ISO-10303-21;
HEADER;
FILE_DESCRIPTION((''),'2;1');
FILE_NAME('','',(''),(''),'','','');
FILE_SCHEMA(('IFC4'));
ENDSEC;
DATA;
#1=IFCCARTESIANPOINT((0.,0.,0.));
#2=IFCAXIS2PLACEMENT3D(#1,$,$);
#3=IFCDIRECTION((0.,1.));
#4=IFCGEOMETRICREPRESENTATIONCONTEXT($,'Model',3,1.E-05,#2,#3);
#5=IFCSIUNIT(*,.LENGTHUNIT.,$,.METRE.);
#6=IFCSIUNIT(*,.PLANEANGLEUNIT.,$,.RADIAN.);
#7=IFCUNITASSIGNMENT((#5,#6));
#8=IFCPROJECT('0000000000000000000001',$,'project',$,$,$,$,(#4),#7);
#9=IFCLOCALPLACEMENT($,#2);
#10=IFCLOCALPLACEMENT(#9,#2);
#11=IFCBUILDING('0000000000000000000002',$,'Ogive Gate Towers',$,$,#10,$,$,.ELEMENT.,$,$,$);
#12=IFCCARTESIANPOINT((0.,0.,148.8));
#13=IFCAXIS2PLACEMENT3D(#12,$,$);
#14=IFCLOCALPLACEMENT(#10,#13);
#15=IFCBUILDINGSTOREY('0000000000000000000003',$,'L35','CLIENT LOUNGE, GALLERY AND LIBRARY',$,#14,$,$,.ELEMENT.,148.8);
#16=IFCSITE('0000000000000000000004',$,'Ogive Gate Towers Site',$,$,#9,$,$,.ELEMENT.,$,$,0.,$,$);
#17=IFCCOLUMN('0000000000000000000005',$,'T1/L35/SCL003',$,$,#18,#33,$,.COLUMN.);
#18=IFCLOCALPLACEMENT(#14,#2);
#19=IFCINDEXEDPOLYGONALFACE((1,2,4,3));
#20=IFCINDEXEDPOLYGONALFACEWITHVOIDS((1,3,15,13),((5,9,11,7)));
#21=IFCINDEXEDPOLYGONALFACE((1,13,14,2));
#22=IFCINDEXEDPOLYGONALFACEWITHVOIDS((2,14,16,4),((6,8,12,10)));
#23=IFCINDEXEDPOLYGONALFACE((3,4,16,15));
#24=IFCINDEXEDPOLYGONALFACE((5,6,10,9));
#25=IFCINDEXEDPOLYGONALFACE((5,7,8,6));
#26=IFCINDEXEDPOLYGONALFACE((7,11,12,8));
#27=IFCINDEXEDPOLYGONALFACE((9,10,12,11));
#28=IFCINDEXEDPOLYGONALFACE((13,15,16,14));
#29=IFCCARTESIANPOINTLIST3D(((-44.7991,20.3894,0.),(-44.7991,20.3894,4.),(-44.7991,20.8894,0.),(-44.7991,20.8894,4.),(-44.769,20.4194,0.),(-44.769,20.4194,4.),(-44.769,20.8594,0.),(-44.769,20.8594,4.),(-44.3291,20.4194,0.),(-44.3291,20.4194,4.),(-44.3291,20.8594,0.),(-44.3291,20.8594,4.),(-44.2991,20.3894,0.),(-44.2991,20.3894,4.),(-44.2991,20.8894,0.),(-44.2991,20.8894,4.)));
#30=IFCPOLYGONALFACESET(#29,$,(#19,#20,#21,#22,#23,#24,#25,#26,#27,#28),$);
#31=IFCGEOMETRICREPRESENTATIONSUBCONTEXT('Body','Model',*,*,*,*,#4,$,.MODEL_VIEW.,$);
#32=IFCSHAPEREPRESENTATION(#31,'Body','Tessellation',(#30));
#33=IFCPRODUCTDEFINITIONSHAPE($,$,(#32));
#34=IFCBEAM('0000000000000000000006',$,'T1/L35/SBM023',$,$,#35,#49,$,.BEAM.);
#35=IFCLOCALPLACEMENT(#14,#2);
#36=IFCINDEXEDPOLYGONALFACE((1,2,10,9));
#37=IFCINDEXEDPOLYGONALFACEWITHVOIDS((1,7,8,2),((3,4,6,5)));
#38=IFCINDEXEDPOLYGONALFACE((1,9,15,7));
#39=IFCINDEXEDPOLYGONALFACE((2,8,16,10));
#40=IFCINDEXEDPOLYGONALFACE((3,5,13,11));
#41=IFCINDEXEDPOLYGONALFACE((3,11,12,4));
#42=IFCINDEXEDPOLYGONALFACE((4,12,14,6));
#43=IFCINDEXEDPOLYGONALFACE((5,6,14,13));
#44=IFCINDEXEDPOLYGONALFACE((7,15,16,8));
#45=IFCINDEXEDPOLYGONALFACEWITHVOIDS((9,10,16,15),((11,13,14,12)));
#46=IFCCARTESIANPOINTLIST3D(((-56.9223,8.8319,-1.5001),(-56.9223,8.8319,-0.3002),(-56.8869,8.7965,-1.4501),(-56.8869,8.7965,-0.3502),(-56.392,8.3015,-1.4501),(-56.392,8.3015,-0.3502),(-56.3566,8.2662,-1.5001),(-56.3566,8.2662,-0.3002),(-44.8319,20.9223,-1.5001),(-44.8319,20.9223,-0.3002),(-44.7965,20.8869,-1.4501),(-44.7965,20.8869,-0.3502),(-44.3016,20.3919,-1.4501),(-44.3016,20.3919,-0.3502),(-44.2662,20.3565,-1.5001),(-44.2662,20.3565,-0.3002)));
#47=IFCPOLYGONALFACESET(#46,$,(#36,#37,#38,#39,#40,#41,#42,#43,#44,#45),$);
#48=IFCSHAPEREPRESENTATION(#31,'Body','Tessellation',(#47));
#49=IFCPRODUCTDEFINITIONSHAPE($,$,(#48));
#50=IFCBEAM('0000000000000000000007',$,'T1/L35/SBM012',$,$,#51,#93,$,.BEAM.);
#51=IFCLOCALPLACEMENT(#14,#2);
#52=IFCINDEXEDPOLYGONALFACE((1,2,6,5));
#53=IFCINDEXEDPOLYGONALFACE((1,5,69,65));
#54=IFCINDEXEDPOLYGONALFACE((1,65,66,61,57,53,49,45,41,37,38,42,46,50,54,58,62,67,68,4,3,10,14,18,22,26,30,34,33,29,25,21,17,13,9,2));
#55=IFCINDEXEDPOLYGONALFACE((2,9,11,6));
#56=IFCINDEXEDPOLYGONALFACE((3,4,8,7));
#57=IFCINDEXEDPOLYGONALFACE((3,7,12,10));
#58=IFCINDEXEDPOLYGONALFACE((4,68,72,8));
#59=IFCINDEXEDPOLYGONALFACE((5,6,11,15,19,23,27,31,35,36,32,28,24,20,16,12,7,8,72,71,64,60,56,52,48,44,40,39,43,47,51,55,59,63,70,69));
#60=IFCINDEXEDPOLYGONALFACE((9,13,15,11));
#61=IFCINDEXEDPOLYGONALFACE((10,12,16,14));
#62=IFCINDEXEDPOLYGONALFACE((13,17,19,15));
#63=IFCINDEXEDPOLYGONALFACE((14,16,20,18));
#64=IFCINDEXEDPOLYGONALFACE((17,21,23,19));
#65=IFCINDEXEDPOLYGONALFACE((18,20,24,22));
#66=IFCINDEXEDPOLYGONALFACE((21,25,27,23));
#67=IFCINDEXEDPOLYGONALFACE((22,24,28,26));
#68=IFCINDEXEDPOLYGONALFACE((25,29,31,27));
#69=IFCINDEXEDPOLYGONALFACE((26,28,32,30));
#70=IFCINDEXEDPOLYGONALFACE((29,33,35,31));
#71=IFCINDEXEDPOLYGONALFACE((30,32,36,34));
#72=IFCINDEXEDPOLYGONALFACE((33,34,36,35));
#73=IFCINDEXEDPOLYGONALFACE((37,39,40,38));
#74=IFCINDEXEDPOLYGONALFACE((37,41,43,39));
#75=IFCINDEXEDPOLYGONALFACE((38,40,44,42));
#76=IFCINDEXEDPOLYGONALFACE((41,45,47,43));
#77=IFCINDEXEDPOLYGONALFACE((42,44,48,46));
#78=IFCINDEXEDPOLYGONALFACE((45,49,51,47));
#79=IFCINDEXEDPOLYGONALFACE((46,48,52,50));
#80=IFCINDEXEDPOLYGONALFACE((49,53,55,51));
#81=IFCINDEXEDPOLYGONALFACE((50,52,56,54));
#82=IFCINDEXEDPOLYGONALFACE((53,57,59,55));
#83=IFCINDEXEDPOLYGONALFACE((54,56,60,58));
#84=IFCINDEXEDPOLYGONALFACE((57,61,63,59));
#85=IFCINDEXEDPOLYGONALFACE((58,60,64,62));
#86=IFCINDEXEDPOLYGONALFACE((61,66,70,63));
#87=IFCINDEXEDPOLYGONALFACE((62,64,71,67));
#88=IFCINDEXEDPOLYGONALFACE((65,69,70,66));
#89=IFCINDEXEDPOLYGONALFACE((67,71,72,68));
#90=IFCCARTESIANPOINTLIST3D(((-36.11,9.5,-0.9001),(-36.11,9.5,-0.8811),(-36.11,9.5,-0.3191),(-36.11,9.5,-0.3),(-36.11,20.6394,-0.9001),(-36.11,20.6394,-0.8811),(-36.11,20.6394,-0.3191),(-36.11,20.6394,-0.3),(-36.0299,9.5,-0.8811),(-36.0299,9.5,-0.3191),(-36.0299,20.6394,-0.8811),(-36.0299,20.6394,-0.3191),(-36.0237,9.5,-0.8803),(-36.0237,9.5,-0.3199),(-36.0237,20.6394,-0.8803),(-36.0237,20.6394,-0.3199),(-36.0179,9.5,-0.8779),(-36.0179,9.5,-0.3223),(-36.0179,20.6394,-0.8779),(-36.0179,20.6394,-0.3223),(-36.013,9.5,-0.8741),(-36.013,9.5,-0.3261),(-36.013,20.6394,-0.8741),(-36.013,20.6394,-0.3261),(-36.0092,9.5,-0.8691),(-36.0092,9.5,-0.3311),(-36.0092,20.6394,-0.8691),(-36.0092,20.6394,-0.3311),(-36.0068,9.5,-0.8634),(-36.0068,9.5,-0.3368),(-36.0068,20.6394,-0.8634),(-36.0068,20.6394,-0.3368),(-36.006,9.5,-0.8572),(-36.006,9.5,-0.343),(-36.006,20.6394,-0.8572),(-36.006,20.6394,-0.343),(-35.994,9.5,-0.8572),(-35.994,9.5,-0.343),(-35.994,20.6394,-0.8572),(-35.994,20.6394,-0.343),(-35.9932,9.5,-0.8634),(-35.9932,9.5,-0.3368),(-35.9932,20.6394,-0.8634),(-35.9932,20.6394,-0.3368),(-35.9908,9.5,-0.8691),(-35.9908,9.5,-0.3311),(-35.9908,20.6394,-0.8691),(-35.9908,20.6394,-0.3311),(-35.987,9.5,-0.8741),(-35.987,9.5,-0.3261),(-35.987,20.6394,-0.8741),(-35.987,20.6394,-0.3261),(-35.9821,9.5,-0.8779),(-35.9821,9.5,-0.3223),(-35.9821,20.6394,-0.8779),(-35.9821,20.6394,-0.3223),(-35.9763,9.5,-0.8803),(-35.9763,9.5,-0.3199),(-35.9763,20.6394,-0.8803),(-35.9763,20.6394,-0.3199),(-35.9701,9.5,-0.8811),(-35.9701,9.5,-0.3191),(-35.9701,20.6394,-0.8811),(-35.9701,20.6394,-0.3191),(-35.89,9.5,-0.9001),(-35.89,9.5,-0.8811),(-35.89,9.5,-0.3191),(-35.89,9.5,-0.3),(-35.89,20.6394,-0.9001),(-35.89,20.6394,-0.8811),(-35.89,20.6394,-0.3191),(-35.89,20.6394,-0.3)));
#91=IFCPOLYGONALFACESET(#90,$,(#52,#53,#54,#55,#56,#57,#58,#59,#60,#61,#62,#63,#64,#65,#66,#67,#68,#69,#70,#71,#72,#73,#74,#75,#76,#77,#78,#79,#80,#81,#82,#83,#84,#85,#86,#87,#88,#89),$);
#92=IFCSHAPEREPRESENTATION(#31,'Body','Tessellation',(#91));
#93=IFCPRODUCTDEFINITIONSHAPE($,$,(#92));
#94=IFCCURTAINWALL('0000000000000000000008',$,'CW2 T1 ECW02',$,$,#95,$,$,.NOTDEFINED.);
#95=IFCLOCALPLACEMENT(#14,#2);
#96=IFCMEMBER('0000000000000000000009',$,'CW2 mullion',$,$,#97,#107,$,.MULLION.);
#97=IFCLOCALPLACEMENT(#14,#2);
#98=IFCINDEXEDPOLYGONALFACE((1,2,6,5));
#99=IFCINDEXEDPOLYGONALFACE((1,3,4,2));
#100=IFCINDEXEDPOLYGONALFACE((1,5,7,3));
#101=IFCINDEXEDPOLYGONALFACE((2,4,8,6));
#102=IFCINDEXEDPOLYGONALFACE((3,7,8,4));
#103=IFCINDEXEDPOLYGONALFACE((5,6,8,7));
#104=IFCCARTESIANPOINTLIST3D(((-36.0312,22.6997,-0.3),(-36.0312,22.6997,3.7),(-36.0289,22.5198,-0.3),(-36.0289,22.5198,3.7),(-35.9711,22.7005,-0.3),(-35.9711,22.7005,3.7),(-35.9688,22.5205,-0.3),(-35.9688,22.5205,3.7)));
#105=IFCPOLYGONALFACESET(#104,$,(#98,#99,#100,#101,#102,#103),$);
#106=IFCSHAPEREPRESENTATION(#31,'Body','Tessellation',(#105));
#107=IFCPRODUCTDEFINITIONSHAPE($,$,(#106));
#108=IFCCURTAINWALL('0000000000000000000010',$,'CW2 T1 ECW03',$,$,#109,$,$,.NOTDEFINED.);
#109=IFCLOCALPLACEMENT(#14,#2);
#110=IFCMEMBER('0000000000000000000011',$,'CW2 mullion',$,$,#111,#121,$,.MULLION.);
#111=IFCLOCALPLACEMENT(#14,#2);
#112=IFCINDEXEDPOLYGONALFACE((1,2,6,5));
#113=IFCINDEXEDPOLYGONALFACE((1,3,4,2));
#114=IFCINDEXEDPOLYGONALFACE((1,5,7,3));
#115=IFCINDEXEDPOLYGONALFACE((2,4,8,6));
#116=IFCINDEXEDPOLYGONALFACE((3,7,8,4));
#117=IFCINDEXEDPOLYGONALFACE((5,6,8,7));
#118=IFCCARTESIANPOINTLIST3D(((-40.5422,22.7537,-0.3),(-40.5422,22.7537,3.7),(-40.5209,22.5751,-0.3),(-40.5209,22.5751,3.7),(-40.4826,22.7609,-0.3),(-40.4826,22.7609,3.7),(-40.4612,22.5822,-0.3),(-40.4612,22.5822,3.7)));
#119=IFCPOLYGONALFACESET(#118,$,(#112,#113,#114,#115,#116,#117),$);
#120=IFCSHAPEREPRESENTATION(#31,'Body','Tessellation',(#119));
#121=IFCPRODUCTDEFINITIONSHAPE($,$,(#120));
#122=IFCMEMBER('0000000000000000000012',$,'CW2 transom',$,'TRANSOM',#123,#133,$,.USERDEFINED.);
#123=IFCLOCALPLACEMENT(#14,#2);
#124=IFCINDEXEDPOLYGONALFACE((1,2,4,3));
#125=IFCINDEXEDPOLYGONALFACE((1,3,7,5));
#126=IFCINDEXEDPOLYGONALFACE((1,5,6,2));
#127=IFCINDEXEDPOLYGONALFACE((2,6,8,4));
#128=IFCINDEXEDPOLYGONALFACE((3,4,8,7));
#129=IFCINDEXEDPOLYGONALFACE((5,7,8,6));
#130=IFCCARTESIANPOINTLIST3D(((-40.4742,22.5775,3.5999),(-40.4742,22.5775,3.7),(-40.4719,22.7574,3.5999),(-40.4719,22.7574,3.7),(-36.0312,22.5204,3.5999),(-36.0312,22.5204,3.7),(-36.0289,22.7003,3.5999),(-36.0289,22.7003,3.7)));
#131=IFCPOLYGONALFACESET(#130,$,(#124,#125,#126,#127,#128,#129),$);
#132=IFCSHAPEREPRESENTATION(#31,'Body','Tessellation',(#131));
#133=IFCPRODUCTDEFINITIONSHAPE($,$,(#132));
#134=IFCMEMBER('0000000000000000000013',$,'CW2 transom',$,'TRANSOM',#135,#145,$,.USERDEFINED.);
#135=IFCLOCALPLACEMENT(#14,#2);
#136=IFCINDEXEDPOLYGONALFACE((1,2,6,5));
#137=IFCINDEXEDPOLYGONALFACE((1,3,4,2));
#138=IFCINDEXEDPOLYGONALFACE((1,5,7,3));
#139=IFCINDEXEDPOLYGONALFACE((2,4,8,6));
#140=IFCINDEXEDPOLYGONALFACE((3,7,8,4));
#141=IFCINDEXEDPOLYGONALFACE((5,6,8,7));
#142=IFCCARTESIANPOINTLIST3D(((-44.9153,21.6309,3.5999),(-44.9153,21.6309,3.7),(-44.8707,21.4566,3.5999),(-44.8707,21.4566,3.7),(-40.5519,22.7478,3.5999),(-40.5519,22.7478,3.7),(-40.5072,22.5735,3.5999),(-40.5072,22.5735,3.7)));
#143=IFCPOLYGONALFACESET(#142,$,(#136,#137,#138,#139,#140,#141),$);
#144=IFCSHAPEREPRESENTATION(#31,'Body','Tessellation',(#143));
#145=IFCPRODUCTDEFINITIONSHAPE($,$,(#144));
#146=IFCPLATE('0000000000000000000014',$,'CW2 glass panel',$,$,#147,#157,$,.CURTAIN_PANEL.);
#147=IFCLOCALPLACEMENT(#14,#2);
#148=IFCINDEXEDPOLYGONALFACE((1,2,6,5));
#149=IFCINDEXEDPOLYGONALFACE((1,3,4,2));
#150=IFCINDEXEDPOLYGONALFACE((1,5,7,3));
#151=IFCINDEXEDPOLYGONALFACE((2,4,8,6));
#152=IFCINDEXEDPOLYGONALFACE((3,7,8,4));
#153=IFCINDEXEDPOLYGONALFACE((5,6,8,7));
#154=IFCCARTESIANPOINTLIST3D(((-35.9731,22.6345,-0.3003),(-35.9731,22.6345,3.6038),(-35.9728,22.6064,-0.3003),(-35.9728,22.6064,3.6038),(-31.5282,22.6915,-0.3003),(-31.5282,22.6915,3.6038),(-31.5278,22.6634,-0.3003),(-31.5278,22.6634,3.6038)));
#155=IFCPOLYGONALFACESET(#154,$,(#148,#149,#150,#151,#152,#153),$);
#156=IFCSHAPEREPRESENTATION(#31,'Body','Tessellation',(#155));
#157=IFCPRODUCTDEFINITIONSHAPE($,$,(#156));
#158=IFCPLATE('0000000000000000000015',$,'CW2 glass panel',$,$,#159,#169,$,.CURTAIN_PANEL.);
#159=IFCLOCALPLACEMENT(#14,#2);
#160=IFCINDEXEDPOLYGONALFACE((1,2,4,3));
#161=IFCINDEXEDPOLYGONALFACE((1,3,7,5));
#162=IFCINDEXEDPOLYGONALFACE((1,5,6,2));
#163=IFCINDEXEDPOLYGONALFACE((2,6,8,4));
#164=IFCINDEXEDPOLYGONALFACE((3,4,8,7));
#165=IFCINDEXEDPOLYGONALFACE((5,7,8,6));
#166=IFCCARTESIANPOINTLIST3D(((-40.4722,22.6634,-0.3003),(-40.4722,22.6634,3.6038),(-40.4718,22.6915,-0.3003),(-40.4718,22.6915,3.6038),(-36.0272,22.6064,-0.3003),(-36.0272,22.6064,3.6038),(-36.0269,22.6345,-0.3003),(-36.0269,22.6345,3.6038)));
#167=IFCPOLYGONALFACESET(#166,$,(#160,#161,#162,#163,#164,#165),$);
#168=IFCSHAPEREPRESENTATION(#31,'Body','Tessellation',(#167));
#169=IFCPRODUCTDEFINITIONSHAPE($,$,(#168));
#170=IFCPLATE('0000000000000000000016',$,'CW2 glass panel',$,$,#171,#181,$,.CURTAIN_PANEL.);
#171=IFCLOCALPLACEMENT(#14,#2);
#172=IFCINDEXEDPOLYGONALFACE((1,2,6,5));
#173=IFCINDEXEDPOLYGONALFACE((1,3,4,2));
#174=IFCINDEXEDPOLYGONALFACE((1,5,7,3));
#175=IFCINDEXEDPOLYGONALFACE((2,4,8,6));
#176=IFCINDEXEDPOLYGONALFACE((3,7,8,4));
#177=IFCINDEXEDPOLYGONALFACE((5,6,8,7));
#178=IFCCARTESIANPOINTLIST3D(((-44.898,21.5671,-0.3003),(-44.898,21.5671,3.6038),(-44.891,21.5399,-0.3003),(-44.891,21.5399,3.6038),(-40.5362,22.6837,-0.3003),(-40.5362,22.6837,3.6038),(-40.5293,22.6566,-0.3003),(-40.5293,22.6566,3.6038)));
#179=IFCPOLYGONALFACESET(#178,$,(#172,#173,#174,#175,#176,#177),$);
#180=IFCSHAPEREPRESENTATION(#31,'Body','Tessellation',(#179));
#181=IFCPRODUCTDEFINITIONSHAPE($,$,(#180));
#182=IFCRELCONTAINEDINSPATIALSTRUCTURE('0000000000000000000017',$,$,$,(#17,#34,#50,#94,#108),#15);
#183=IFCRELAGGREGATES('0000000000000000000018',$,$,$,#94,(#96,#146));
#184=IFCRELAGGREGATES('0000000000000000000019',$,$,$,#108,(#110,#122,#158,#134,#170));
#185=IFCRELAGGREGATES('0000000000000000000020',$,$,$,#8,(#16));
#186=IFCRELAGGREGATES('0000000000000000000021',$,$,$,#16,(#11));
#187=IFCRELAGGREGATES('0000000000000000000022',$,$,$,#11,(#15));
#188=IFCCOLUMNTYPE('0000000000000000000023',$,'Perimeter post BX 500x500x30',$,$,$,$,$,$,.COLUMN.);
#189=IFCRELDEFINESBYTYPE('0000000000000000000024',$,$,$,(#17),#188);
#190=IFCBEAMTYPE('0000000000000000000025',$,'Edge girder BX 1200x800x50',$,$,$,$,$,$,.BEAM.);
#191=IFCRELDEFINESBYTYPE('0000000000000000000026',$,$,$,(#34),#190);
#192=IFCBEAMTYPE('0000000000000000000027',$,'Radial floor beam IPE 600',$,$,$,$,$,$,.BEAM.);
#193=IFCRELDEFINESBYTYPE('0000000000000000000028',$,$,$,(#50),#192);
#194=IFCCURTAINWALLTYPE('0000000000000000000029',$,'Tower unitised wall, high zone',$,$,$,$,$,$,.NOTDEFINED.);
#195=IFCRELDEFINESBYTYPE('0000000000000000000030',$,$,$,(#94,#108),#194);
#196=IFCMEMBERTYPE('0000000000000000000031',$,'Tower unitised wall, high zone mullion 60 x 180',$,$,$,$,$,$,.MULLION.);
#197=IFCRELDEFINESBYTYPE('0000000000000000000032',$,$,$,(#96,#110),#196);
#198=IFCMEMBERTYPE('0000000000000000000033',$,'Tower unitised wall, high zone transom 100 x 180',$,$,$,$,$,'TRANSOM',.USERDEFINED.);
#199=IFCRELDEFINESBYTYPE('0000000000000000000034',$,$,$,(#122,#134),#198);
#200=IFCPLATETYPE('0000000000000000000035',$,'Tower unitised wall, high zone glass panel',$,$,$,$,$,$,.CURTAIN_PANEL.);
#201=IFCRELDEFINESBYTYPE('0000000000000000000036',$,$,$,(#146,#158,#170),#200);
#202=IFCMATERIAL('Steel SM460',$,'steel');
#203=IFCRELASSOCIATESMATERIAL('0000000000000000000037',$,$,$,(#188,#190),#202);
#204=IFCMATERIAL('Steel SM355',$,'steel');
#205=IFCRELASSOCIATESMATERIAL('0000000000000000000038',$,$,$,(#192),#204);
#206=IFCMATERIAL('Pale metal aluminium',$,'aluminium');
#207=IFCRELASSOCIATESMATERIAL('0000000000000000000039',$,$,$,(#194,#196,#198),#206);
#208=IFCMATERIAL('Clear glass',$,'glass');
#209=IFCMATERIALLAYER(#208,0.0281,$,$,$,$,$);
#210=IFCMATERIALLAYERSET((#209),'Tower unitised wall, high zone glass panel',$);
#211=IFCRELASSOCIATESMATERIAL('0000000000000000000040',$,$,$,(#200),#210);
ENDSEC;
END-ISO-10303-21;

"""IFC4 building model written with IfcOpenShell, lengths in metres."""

from ifc_helpers import new_model, si_unit, direction, frame, origin, origin_2d, place, context, subcontext, project, spatial, rectangle, hollow_rectangle, i_section, extrude, material, layer, layer_set, material_profile, profile_set, type_object, element, aggregate, save


model = new_model("IFC4")

# Units and contexts
model_context = context("Model", 3, precision=1e-05, world=origin(), true_north=direction((0.0, 1.0)))
body_context = subcontext(model_context, "Body", "Model", "MODEL_VIEW")
ifc_project = project(units=[si_unit("LENGTHUNIT", "METRE"), si_unit("PLANEANGLEUNIT", "RADIAN")], contexts=[model_context])

# Site, building, storey
site_placement = place(None, origin())
site = spatial("IfcSite", under=ifc_project, at=site_placement, Name="Ogive Gate Towers Site", CompositionType="ELEMENT", RefElevation=0.0)
building_placement = place(site_placement, origin())
building = spatial("IfcBuilding", under=site, at=building_placement, Name="Ogive Gate Towers", CompositionType="ELEMENT")
storey_placement = place(building_placement, frame((0.0, 0.0, 148.8)))
storey = spatial("IfcBuildingStorey", under=building, at=storey_placement, Name="L35", Description="CLIENT LOUNGE, GALLERY AND LIBRARY", CompositionType="ELEMENT", Elevation=148.8)

# Column
ifc_material_1 = material(Name="Steel SM460", Category="steel")
ifc_material_profile_1 = material_profile(ifc_material_1, hollow_rectangle(XDim=0.5, YDim=0.5, WallThickness=0.03, at=origin_2d()), Name="BX 500x500x30")
ifc_profile_set_1 = profile_set([ifc_material_profile_1], Name="Steel SM460")
column_type = type_object("IfcColumnType", Name="Perimeter post BX 500x500x30", PredefinedType="COLUMN", material=ifc_profile_set_1)
column_placement = place(storey_placement, frame((-44.5491, 20.6394, 0.0), z_axis=(0.0, 0.0, 1.0), x_axis=(1.0, 0.0, 0.0)))
element("IfcColumn", 1, at=column_placement, inside=storey, type_object=column_type, Name="T1/L35/SCL003", PredefinedType="COLUMN", context=body_context, shape_type="SweptSolid", body=[
    extrude(hollow_rectangle(XDim=0.5, YDim=0.5, WallThickness=0.03, at=origin_2d()), origin(), (0.0, 0.0, 1.0), 4.0),
])

# Beams
ifc_material_profile_2 = material_profile(ifc_material_1, hollow_rectangle(XDim=0.8, YDim=1.2, WallThickness=0.05, at=origin_2d()), Name="BX 1200x800x50")
ifc_profile_set_2 = profile_set([ifc_material_profile_2], Name="Steel SM460")
beam_type_1 = type_object("IfcBeamType", Name="Edge girder BX 1200x800x50", PredefinedType="BEAM", material=ifc_profile_set_2)
beam_1_placement = place(storey_placement, frame((-44.5491, 20.6394, -0.9001), z_axis=(-0.707107, -0.707107, 0.0), x_axis=(0.707107, -0.707107, 0.0)))
element("IfcBeam", 2, at=beam_1_placement, inside=storey, type_object=beam_type_1, Name="T1/L35/SBM023", PredefinedType="BEAM", context=body_context, shape_type="SweptSolid", body=[
    extrude(hollow_rectangle(XDim=0.8, YDim=1.2, WallThickness=0.05, at=origin_2d()), origin(), (0.0, 0.0, 1.0), 17.0984),
])
ifc_material_2 = material(Name="Steel SM355", Category="steel")
ifc_material_profile_3 = material_profile(ifc_material_2, i_section(OverallWidth=0.22, OverallDepth=0.6001, WebThickness=0.012, FlangeThickness=0.019, FilletRadius=0.0239, at=origin_2d()), Name="IPE 600")
ifc_profile_set_3 = profile_set([ifc_material_profile_3], Name="Steel SM355")
beam_type_2 = type_object("IfcBeamType", Name="Radial floor beam IPE 600", PredefinedType="BEAM", material=ifc_profile_set_3)
beam_2_placement = place(storey_placement, frame((-36.0, 9.5, -0.6001), z_axis=(0.0, 1.0, 0.0), x_axis=(-1.0, 0.0, 0.0)))
element("IfcBeam", 3, at=beam_2_placement, inside=storey, type_object=beam_type_2, Name="T1/L35/SBM012", PredefinedType="BEAM", context=body_context, shape_type="SweptSolid", body=[
    extrude(i_section(OverallWidth=0.22, OverallDepth=0.6001, WebThickness=0.012, FlangeThickness=0.019, FilletRadius=0.0239, at=origin_2d()), origin(), (0.0, 0.0, 1.0), 11.1394),
])

# Curtain wall, member
ifc_material_3 = material(Name="Pale metal aluminium", Category="aluminium")
curtain_wall_type = type_object("IfcCurtainWallType", Name="Tower unitised wall, high zone", PredefinedType="NOTDEFINED", material=ifc_material_3)
curtain_wall_1_placement = place(storey_placement, origin())
curtain_wall_1 = element("IfcCurtainWall", 4, at=curtain_wall_1_placement, inside=storey, type_object=curtain_wall_type, Name="CW2 T1 ECW02", PredefinedType="NOTDEFINED")
ifc_material_profile_4 = material_profile(ifc_material_3, rectangle(XDim=0.1799, YDim=0.0601, at=origin_2d()), Name="60 x 180 aluminium box")
ifc_profile_set_4 = profile_set([ifc_material_profile_4], Name="Pale metal aluminium")
member_type_1 = type_object("IfcMemberType", Name="Tower unitised wall, high zone mullion 60 x 180", PredefinedType="MULLION", material=ifc_profile_set_4)
member_1_placement = place(storey_placement, frame((-36.0, 22.6101, -0.3), z_axis=(0.0, 0.0, 1.0), x_axis=(-0.012828, 0.999918, 0.0)))
member_1 = element("IfcMember", 5, at=member_1_placement, type_object=member_type_1, Name="CW2 mullion", PredefinedType="MULLION", context=body_context, shape_type="SweptSolid", body=[
    extrude(rectangle(XDim=0.1799, YDim=0.0601, at=origin_2d()), origin(), (0.0, 0.0, 1.0), 4.0),
])

# Curtain wall, members
curtain_wall_2_placement = place(storey_placement, origin())
curtain_wall_2 = element("IfcCurtainWall", 6, at=curtain_wall_2_placement, inside=storey, type_object=curtain_wall_type, Name="CW2 T1 ECW03", PredefinedType="NOTDEFINED")
member_2_placement = place(storey_placement, frame((-40.5017, 22.668, -0.3), z_axis=(0.0, 0.0, 1.0), x_axis=(-0.118612, 0.992941, 0.0)))
member_2 = element("IfcMember", 7, at=member_2_placement, type_object=member_type_1, Name="CW2 mullion", PredefinedType="MULLION", context=body_context, shape_type="SweptSolid", body=[
    extrude(rectangle(XDim=0.1799, YDim=0.0601, at=origin_2d()), origin(), (0.0, 0.0, 1.0), 4.0),
])
ifc_material_profile_5 = material_profile(ifc_material_3, rectangle(XDim=0.1799, YDim=0.1001, at=origin_2d()), Name="100 x 180 aluminium box")
ifc_profile_set_5 = profile_set([ifc_material_profile_5], Name="Pale metal aluminium")
member_type_2 = type_object("IfcMemberType", Name="Tower unitised wall, high zone transom 100 x 180", ElementType="TRANSOM", PredefinedType="USERDEFINED", material=ifc_profile_set_5)
member_3_placement = place(storey_placement, frame((-36.03, 22.6104, 3.6499), z_axis=(-0.999917, 0.012857, 0.0), x_axis=(-0.012857, -0.999917, 0.0)))
member_3 = element("IfcMember", 8, at=member_3_placement, type_object=member_type_2, Name="CW2 transom", ObjectType="TRANSOM", PredefinedType="USERDEFINED", context=body_context, shape_type="SweptSolid", body=[
    extrude(rectangle(XDim=0.1799, YDim=0.1001, at=origin_2d()), origin(), (0.0, 0.0, 1.0), 4.4434),
])
member_4_placement = place(storey_placement, frame((-40.5295, 22.6606, 3.6499), z_axis=(-0.968766, -0.247978, 0.0), x_axis=(0.247978, -0.968766, 0.0)))
member_4 = element("IfcMember", 9, at=member_4_placement, type_object=member_type_2, Name="CW2 transom", ObjectType="TRANSOM", PredefinedType="USERDEFINED", context=body_context, shape_type="SweptSolid", body=[
    extrude(rectangle(XDim=0.1799, YDim=0.1001, at=origin_2d()), origin(), (0.0, 0.0, 1.0), 4.5042),
])

# Plates
ifc_material_4 = material(Name="Clear glass", Category="glass")
ifc_layer_1 = layer(ifc_material_4, 0.0281)
ifc_layer_set_1 = layer_set([ifc_layer_1], Name="Tower unitised wall, high zone glass panel")
plate_type = type_object("IfcPlateType", Name="Tower unitised wall, high zone glass panel", PredefinedType="CURTAIN_PANEL", material=ifc_layer_set_1)
plate_1_placement = place(storey_placement, frame((-33.7505, 22.6489, -0.3003), z_axis=(0.0, 0.0, 1.0), x_axis=(-0.999918, -0.012828, 0.0)))
plate_1 = element("IfcPlate", 10, at=plate_1_placement, type_object=plate_type, Name="CW2 glass panel", PredefinedType="CURTAIN_PANEL", context=body_context, shape_type="SweptSolid", body=[
    extrude(rectangle(XDim=4.4453, YDim=0.0281, at=origin_2d()), origin(), (0.0, 0.0, 1.0), 3.9041),
])
aggregate(curtain_wall_1, [member_1, plate_1])
plate_2_placement = place(storey_placement, frame((-38.2495, 22.6489, -0.3003), z_axis=(0.0, 0.0, 1.0), x_axis=(-0.999918, 0.012828, 0.0)))
plate_2 = element("IfcPlate", 11, at=plate_2_placement, type_object=plate_type, Name="CW2 glass panel", PredefinedType="CURTAIN_PANEL", context=body_context, shape_type="SweptSolid", body=[
    extrude(rectangle(XDim=4.4453, YDim=0.0281, at=origin_2d()), origin(), (0.0, 0.0, 1.0), 3.9041),
])
plate_3_placement = place(storey_placement, frame((-42.7136, 22.1118, -0.3003), z_axis=(0.0, 0.0, 1.0), x_axis=(-0.968757, -0.248014, 0.0)))
plate_3 = element("IfcPlate", 12, at=plate_3_placement, type_object=plate_type, Name="CW2 glass panel", PredefinedType="CURTAIN_PANEL", context=body_context, shape_type="SweptSolid", body=[
    extrude(rectangle(XDim=4.5024, YDim=0.0281, at=origin_2d()), origin(), (0.0, 0.0, 1.0), 3.9041),
])
aggregate(curtain_wall_2, [member_2, member_3, plate_2, member_4, plate_3])

save(model, "model.ifc")
